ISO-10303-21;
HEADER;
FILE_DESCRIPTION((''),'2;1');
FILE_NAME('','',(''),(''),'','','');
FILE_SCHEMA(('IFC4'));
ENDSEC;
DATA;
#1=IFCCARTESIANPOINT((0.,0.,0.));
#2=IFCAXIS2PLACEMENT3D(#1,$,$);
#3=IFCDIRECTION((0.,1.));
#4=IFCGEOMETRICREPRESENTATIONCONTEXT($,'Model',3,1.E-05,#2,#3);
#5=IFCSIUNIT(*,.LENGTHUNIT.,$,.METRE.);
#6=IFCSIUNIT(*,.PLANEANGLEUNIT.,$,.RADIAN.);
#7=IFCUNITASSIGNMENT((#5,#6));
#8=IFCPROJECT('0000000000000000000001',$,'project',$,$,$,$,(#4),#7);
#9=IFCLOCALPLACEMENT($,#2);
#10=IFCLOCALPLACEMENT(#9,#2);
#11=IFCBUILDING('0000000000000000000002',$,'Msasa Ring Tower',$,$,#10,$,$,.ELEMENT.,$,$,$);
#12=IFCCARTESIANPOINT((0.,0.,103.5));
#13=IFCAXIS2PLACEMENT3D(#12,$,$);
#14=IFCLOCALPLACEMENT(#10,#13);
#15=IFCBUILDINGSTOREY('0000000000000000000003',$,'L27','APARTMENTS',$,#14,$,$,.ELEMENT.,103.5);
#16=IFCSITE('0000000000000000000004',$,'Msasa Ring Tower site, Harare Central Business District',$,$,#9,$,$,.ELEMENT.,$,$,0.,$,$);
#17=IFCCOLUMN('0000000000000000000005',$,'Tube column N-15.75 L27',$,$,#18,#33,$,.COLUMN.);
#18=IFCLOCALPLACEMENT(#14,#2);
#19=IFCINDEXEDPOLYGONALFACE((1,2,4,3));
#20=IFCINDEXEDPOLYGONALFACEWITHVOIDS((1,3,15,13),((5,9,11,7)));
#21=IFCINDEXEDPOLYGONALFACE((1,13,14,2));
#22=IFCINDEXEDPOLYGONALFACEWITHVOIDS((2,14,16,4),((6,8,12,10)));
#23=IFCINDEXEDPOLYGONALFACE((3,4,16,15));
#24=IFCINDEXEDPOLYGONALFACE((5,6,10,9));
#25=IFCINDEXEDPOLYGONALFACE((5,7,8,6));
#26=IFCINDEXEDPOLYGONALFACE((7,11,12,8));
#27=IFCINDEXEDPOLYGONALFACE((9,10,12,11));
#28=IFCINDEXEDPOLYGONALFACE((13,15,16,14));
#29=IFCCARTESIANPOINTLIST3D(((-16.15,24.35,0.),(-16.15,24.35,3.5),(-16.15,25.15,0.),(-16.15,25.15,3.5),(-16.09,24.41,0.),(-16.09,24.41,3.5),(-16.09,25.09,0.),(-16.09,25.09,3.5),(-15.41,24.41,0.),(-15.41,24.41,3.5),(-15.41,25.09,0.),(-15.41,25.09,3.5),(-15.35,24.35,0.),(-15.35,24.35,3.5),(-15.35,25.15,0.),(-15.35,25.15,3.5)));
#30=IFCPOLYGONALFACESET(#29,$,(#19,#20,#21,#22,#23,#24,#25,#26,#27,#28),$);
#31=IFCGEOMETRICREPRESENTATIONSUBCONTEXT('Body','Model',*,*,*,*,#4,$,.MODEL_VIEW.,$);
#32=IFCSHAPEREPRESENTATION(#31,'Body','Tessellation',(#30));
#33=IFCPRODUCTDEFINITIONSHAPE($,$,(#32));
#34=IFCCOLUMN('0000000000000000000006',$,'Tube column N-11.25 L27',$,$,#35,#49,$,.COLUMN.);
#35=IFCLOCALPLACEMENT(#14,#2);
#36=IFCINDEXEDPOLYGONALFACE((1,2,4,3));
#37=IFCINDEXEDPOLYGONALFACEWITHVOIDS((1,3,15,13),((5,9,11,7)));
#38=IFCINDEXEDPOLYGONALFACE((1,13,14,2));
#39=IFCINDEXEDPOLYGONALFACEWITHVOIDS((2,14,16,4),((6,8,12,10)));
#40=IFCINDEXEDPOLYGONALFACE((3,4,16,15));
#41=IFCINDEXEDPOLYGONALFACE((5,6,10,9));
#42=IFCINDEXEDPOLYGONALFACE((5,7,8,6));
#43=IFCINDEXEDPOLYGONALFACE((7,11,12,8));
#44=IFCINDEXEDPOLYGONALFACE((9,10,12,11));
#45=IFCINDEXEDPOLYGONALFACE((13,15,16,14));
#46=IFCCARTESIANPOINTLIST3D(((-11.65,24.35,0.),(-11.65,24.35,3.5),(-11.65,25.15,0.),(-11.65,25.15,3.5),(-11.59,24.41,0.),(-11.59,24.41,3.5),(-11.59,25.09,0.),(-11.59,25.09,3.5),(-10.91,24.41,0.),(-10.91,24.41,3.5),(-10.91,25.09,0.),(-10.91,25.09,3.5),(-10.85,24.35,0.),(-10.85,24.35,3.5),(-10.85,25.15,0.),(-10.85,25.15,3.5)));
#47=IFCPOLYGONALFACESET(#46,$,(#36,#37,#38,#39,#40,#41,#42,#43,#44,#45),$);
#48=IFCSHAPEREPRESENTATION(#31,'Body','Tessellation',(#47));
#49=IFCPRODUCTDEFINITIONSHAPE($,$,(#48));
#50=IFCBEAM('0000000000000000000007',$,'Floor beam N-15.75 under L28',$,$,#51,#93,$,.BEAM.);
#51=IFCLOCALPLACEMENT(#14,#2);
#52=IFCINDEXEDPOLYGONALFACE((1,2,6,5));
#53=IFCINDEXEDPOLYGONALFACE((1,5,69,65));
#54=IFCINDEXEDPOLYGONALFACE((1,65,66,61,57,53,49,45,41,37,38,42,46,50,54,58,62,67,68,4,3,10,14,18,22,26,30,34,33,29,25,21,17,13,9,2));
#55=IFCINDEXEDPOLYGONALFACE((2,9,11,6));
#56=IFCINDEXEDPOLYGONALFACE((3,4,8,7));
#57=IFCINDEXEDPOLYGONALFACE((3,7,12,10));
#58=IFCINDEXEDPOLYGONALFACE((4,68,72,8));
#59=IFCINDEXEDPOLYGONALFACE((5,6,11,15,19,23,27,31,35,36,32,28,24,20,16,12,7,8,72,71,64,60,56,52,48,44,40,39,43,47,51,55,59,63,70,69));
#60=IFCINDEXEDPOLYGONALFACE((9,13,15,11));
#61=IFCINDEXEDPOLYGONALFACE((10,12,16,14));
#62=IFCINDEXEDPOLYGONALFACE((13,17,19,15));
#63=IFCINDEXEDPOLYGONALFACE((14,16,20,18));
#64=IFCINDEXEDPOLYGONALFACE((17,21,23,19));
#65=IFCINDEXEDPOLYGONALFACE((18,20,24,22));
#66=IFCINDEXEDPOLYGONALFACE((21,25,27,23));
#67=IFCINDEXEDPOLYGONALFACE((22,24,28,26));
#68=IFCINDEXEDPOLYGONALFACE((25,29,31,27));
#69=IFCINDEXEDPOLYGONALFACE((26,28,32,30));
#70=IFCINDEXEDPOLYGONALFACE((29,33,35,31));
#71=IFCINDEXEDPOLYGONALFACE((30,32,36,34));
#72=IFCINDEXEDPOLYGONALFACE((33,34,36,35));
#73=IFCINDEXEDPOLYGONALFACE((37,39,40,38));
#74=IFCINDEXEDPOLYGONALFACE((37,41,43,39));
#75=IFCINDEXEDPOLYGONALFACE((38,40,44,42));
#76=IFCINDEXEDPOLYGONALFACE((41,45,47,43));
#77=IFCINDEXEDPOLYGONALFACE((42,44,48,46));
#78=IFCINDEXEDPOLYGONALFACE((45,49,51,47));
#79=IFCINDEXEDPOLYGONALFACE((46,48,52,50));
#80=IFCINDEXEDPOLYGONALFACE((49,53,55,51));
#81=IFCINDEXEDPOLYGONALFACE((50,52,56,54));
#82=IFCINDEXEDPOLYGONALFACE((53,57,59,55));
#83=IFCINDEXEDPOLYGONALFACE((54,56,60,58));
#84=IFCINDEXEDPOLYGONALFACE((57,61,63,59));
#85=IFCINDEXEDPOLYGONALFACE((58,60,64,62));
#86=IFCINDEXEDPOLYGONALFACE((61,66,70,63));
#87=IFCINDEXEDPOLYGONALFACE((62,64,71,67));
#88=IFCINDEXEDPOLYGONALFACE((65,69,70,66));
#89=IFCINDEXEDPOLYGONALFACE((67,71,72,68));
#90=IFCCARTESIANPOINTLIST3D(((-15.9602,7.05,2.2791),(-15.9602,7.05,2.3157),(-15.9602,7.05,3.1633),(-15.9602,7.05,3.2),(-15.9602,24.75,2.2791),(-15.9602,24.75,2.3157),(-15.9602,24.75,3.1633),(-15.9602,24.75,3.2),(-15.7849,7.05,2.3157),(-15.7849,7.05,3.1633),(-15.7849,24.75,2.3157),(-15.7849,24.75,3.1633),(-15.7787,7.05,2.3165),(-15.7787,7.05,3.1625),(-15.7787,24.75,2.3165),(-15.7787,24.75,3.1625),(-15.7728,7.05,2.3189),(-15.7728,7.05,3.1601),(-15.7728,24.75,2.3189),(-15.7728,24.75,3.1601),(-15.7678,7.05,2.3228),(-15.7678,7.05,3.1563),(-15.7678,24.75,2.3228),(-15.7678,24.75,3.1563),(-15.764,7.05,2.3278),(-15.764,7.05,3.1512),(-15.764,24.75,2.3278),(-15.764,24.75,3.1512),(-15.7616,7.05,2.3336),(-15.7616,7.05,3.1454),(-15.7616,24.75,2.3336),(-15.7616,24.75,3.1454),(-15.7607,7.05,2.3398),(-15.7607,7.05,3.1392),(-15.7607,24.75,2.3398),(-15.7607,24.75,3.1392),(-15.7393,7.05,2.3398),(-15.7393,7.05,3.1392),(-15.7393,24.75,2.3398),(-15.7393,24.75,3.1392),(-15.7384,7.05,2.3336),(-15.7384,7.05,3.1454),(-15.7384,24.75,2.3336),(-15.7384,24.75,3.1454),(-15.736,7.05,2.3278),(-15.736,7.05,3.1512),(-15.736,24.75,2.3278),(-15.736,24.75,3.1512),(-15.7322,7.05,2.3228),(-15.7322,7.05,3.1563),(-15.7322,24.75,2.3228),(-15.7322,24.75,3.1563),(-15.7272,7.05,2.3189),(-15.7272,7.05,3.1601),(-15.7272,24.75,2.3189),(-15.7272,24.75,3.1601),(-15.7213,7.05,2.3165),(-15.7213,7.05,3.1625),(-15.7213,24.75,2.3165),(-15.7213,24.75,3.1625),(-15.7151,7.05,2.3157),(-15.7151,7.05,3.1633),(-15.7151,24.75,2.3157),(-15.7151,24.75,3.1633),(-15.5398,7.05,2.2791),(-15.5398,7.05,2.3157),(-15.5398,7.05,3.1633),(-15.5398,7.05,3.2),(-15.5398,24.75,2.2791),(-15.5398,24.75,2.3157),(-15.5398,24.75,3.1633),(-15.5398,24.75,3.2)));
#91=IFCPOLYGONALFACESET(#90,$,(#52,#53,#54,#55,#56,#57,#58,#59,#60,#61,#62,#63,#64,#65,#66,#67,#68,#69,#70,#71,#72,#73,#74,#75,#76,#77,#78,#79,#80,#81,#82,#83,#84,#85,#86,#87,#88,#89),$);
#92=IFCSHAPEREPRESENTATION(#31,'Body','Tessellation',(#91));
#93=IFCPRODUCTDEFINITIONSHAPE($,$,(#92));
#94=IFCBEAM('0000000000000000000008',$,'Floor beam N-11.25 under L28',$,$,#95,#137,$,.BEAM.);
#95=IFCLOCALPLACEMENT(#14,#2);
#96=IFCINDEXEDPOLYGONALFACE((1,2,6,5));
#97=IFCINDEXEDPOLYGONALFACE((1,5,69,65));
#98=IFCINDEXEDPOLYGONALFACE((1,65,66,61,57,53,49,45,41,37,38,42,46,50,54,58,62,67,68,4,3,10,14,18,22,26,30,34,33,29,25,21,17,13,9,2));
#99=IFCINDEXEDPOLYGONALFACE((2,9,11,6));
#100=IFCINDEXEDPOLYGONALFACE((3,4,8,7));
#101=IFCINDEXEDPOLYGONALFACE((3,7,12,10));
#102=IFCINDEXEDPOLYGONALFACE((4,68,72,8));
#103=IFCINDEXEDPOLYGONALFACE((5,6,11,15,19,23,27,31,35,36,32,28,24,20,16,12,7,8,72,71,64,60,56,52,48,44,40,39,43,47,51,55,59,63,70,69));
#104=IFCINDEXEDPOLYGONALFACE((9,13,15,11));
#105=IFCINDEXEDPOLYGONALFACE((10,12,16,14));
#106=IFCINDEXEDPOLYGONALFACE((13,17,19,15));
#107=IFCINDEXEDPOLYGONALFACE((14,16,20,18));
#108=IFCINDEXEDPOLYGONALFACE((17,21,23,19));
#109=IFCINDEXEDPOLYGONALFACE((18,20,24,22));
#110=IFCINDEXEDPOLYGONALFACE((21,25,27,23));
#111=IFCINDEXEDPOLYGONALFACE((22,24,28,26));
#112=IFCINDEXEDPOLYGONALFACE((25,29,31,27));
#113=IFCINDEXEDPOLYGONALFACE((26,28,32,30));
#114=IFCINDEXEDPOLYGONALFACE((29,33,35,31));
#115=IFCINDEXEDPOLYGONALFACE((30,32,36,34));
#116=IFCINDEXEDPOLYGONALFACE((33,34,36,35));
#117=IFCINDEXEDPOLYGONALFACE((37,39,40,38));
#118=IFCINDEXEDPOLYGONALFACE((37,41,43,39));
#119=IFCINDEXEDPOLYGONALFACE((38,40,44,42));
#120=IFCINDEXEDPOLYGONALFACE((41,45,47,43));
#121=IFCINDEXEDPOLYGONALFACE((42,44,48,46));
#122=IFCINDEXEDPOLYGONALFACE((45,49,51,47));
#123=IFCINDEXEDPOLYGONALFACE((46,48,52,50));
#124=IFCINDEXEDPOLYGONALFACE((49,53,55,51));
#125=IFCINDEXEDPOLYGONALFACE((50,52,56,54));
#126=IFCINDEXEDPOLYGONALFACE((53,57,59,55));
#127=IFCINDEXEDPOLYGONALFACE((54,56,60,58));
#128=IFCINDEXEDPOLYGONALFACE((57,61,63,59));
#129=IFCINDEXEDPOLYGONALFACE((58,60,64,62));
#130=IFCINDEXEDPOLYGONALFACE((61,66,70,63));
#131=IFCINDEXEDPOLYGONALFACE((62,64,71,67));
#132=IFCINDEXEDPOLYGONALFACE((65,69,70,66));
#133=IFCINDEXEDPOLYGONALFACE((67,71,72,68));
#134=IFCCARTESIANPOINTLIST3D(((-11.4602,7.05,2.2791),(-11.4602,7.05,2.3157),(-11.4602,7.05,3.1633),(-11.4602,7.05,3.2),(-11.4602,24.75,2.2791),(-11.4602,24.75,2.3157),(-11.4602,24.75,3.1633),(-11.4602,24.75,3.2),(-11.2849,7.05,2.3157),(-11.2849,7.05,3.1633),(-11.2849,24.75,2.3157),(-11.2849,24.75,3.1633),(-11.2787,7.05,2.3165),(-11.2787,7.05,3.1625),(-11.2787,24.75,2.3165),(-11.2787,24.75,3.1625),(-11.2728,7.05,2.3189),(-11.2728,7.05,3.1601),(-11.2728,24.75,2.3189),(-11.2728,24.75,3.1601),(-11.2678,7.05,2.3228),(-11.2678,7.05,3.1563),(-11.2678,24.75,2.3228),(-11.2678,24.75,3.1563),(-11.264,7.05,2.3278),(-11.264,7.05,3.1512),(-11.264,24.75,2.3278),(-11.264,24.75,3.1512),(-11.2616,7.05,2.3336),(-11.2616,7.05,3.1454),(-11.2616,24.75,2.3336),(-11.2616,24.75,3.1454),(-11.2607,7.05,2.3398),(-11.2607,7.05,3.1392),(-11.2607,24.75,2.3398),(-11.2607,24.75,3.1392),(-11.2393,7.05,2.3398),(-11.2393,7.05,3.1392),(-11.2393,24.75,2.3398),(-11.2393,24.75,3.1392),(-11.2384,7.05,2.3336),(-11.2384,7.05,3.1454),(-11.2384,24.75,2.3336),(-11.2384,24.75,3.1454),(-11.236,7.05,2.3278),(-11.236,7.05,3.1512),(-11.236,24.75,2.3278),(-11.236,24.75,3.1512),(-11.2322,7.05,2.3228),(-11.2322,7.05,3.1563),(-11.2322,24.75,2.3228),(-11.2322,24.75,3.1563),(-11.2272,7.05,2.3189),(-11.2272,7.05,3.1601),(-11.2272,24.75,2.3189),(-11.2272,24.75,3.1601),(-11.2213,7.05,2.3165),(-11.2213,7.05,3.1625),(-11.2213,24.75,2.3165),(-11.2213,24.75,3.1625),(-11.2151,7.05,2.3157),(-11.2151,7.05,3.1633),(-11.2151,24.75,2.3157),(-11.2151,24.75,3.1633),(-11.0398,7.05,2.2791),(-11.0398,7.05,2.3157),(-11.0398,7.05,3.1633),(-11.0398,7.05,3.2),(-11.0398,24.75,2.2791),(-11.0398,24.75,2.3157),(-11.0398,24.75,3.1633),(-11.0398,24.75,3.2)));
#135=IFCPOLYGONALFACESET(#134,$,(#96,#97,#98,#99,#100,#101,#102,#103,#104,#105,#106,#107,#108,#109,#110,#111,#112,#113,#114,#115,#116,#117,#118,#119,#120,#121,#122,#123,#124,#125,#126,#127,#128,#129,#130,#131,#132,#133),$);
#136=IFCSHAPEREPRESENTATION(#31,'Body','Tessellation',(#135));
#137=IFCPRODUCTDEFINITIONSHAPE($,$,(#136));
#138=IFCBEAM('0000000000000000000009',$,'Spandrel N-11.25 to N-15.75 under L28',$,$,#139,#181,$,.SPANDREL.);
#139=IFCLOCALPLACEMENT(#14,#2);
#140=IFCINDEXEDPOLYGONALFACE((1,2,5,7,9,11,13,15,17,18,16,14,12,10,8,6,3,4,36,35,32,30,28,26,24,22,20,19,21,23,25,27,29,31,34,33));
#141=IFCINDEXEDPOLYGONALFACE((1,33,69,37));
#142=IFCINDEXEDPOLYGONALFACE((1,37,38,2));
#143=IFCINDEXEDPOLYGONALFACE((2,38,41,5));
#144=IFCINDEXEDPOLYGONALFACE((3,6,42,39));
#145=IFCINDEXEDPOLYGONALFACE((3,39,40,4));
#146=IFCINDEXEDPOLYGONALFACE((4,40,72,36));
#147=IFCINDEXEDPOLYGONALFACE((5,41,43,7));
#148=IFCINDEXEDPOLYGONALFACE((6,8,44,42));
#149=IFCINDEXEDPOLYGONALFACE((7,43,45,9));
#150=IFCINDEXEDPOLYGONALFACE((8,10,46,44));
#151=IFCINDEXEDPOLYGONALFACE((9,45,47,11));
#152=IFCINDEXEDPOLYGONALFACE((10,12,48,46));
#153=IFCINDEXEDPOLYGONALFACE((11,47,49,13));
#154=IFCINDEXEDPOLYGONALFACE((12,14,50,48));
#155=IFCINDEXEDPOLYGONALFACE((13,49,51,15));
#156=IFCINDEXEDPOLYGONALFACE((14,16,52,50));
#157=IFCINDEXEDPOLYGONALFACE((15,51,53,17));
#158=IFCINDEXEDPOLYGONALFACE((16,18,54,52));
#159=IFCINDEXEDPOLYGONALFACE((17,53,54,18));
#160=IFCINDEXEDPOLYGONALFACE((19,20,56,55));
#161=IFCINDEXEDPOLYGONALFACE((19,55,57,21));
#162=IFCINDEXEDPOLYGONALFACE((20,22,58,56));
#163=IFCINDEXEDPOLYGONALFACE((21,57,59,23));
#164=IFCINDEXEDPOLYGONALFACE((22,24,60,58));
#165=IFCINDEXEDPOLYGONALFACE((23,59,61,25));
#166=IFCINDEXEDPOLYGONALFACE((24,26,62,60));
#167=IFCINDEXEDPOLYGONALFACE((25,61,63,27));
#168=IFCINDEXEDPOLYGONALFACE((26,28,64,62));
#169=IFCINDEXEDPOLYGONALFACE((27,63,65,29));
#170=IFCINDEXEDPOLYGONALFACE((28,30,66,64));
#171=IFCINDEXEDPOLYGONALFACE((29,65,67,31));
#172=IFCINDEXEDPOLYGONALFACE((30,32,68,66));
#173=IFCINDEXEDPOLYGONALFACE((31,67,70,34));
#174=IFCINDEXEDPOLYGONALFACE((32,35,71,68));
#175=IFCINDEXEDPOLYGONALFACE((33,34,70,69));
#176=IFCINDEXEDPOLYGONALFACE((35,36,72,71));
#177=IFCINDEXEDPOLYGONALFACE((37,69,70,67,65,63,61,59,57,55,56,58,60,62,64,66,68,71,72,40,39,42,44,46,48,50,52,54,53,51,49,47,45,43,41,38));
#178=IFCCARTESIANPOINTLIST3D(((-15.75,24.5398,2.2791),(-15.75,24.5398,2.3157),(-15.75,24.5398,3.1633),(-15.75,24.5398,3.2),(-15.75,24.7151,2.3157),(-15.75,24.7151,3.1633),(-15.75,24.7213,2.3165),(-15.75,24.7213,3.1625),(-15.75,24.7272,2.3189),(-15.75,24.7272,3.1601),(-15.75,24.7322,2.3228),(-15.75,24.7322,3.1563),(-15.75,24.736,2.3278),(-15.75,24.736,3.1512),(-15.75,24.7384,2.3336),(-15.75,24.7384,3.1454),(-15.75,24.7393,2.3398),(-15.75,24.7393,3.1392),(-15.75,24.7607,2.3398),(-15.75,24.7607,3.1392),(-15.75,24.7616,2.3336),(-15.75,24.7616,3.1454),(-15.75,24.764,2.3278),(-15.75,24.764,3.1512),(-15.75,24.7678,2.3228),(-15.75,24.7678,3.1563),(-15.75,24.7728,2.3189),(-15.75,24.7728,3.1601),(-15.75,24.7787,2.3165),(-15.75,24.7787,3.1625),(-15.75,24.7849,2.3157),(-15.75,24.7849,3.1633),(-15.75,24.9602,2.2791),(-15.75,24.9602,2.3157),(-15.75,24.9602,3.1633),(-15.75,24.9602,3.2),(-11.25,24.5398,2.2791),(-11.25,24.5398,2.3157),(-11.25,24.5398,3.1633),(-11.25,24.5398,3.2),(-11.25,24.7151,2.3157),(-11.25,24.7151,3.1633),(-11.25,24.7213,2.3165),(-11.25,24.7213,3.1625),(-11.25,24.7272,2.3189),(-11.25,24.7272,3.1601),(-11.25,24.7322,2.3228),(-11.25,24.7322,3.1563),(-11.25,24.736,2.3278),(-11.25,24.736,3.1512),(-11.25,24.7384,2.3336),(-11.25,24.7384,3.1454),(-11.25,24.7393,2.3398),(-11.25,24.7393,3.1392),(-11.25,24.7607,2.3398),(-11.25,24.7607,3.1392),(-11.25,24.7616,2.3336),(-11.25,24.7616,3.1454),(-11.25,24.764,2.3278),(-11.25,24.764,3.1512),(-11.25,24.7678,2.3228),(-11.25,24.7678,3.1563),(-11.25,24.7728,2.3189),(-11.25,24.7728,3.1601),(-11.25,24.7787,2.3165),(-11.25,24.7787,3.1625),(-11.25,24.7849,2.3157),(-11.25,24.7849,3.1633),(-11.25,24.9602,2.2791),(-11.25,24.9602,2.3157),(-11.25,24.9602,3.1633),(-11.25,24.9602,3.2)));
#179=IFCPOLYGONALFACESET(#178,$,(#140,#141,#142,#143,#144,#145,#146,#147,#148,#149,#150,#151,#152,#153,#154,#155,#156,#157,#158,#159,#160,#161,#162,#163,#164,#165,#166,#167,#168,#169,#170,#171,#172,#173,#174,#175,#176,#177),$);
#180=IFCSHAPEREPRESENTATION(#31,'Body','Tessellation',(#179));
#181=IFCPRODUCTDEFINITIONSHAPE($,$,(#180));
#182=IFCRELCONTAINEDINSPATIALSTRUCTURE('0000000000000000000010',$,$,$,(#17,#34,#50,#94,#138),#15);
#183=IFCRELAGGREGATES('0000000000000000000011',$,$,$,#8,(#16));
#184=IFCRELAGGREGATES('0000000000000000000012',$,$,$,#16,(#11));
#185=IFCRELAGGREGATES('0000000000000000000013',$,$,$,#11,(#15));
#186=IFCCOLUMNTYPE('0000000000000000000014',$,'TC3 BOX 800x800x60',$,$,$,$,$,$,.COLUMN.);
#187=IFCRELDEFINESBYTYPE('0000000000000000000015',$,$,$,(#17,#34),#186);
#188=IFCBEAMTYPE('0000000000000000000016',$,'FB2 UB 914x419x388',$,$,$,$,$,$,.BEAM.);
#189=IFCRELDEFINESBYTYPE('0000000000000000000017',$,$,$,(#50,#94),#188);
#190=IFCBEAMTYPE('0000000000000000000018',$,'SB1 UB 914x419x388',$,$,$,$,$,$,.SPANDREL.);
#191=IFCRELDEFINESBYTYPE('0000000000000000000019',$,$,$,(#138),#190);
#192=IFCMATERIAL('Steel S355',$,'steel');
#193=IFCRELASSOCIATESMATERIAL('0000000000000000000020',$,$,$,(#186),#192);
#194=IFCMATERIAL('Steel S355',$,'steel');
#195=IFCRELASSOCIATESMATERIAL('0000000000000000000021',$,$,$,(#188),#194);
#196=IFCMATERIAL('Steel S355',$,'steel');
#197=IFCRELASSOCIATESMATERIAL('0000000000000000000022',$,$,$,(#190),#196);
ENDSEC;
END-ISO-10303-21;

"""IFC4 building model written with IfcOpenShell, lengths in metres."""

from ifc_helpers import new_model, si_unit, direction, frame, origin, origin_2d, place, context, subcontext, project, spatial, hollow_rectangle, i_section, extrude, material, material_profile, profile_set, type_object, element, save


model = new_model("IFC4")

# Units and contexts
model_context = context("Model", 3, precision=1e-05, world=origin(), true_north=direction((0.0, 1.0)))
body_context = subcontext(model_context, "Body", "Model", "MODEL_VIEW")
ifc_project = project(units=[si_unit("LENGTHUNIT", "METRE"), si_unit("PLANEANGLEUNIT", "RADIAN")], contexts=[model_context])

# Site, building, storey
site_placement = place(None, origin())
site = spatial("IfcSite", under=ifc_project, at=site_placement, Name="Msasa Ring Tower site, Harare Central Business District", CompositionType="ELEMENT", RefElevation=0.0)
building_placement = place(site_placement, origin())
building = spatial("IfcBuilding", under=site, at=building_placement, Name="Msasa Ring Tower", CompositionType="ELEMENT")
storey_placement = place(building_placement, frame((0.0, 0.0, 103.5)))
storey = spatial("IfcBuildingStorey", under=building, at=storey_placement, Name="L27", Description="APARTMENTS", CompositionType="ELEMENT", Elevation=103.5)

# Columns
ifc_material_1 = material(Name="Steel S355", Category="steel")
ifc_material_profile_1 = material_profile(ifc_material_1, hollow_rectangle(XDim=0.8, YDim=0.8, WallThickness=0.0601, at=origin_2d()), Name="BOX 800x800x60")
ifc_profile_set_1 = profile_set([ifc_material_profile_1], Name="Steel S355")
column_type = type_object("IfcColumnType", Name="TC3 BOX 800x800x60", PredefinedType="COLUMN", material=ifc_profile_set_1)
for number, where, z_axis, x_axis, name in (
    (1, (-15.75, 24.75, 0.0), (0.0, 0.0, 1.0), (0.0, 1.0, 0.0), "Tube column N-15.75 L27"),
    (2, (-11.25, 24.75, 0.0), (0.0, 0.0, 1.0), (0.0, 1.0, 0.0), "Tube column N-11.25 L27"),
):
    element("IfcColumn", number, at=place(storey_placement, frame(where, z_axis=z_axis, x_axis=x_axis)), inside=storey, type_object=column_type, Name=name, PredefinedType="COLUMN", context=body_context, shape_type="SweptSolid", body=[
        extrude(hollow_rectangle(XDim=0.8, YDim=0.8, WallThickness=0.0601, at=origin_2d()), origin(), (0.0, 0.0, 1.0), 3.5),
    ])

# Beams
ifc_material_2 = material(Name="Steel S355", Category="steel")
ifc_material_profile_2 = material_profile(ifc_material_2, i_section(OverallWidth=0.4204, OverallDepth=0.9209, WebThickness=0.0215, FlangeThickness=0.0366, FilletRadius=0.0242, at=origin_2d()), Name="UB 914x419x388")
ifc_profile_set_2 = profile_set([ifc_material_profile_2], Name="Steel S355")
beam_type_1 = type_object("IfcBeamType", Name="FB2 UB 914x419x388", PredefinedType="BEAM", material=ifc_profile_set_2)
for number, where, z_axis, x_axis, name in (
    (3, (-15.75, 24.75, 2.7395), (0.0, -1.0, 0.0), (1.0, 0.0, 0.0), "Floor beam N-15.75 under L28"),
    (4, (-11.25, 24.75, 2.7395), (0.0, -1.0, 0.0), (1.0, 0.0, 0.0), "Floor beam N-11.25 under L28"),
):
    element("IfcBeam", number, at=place(storey_placement, frame(where, z_axis=z_axis, x_axis=x_axis)), inside=storey, type_object=beam_type_1, Name=name, PredefinedType="BEAM", context=body_context, shape_type="SweptSolid", body=[
        extrude(i_section(OverallWidth=0.4204, OverallDepth=0.9209, WebThickness=0.0215, FlangeThickness=0.0366, FilletRadius=0.0242, at=origin_2d()), origin(), (0.0, 0.0, 1.0), 17.7),
    ])
ifc_material_3 = material(Name="Steel S355", Category="steel")
ifc_material_profile_3 = material_profile(ifc_material_3, i_section(OverallWidth=0.4204, OverallDepth=0.9209, WebThickness=0.0215, FlangeThickness=0.0366, FilletRadius=0.0242, at=origin_2d()), Name="UB 914x419x388")
ifc_profile_set_3 = profile_set([ifc_material_profile_3], Name="Steel S355")
beam_type_2 = type_object("IfcBeamType", Name="SB1 UB 914x419x388", PredefinedType="SPANDREL", material=ifc_profile_set_3)
for number, where, z_axis, x_axis, name in (
    (5, (-11.25, 24.75, 2.7395), (-1.0, 0.0, 0.0), (0.0, -1.0, 0.0), "Spandrel N-11.25 to N-15.75 under L28"),
):
    element("IfcBeam", number, at=place(storey_placement, frame(where, z_axis=z_axis, x_axis=x_axis)), inside=storey, type_object=beam_type_2, Name=name, PredefinedType="SPANDREL", context=body_context, shape_type="SweptSolid", body=[
        extrude(i_section(OverallWidth=0.4204, OverallDepth=0.9209, WebThickness=0.0215, FlangeThickness=0.0366, FilletRadius=0.0242, at=origin_2d()), origin(), (0.0, 0.0, 1.0), 4.5),
    ])

save(model, "model.ifc")
